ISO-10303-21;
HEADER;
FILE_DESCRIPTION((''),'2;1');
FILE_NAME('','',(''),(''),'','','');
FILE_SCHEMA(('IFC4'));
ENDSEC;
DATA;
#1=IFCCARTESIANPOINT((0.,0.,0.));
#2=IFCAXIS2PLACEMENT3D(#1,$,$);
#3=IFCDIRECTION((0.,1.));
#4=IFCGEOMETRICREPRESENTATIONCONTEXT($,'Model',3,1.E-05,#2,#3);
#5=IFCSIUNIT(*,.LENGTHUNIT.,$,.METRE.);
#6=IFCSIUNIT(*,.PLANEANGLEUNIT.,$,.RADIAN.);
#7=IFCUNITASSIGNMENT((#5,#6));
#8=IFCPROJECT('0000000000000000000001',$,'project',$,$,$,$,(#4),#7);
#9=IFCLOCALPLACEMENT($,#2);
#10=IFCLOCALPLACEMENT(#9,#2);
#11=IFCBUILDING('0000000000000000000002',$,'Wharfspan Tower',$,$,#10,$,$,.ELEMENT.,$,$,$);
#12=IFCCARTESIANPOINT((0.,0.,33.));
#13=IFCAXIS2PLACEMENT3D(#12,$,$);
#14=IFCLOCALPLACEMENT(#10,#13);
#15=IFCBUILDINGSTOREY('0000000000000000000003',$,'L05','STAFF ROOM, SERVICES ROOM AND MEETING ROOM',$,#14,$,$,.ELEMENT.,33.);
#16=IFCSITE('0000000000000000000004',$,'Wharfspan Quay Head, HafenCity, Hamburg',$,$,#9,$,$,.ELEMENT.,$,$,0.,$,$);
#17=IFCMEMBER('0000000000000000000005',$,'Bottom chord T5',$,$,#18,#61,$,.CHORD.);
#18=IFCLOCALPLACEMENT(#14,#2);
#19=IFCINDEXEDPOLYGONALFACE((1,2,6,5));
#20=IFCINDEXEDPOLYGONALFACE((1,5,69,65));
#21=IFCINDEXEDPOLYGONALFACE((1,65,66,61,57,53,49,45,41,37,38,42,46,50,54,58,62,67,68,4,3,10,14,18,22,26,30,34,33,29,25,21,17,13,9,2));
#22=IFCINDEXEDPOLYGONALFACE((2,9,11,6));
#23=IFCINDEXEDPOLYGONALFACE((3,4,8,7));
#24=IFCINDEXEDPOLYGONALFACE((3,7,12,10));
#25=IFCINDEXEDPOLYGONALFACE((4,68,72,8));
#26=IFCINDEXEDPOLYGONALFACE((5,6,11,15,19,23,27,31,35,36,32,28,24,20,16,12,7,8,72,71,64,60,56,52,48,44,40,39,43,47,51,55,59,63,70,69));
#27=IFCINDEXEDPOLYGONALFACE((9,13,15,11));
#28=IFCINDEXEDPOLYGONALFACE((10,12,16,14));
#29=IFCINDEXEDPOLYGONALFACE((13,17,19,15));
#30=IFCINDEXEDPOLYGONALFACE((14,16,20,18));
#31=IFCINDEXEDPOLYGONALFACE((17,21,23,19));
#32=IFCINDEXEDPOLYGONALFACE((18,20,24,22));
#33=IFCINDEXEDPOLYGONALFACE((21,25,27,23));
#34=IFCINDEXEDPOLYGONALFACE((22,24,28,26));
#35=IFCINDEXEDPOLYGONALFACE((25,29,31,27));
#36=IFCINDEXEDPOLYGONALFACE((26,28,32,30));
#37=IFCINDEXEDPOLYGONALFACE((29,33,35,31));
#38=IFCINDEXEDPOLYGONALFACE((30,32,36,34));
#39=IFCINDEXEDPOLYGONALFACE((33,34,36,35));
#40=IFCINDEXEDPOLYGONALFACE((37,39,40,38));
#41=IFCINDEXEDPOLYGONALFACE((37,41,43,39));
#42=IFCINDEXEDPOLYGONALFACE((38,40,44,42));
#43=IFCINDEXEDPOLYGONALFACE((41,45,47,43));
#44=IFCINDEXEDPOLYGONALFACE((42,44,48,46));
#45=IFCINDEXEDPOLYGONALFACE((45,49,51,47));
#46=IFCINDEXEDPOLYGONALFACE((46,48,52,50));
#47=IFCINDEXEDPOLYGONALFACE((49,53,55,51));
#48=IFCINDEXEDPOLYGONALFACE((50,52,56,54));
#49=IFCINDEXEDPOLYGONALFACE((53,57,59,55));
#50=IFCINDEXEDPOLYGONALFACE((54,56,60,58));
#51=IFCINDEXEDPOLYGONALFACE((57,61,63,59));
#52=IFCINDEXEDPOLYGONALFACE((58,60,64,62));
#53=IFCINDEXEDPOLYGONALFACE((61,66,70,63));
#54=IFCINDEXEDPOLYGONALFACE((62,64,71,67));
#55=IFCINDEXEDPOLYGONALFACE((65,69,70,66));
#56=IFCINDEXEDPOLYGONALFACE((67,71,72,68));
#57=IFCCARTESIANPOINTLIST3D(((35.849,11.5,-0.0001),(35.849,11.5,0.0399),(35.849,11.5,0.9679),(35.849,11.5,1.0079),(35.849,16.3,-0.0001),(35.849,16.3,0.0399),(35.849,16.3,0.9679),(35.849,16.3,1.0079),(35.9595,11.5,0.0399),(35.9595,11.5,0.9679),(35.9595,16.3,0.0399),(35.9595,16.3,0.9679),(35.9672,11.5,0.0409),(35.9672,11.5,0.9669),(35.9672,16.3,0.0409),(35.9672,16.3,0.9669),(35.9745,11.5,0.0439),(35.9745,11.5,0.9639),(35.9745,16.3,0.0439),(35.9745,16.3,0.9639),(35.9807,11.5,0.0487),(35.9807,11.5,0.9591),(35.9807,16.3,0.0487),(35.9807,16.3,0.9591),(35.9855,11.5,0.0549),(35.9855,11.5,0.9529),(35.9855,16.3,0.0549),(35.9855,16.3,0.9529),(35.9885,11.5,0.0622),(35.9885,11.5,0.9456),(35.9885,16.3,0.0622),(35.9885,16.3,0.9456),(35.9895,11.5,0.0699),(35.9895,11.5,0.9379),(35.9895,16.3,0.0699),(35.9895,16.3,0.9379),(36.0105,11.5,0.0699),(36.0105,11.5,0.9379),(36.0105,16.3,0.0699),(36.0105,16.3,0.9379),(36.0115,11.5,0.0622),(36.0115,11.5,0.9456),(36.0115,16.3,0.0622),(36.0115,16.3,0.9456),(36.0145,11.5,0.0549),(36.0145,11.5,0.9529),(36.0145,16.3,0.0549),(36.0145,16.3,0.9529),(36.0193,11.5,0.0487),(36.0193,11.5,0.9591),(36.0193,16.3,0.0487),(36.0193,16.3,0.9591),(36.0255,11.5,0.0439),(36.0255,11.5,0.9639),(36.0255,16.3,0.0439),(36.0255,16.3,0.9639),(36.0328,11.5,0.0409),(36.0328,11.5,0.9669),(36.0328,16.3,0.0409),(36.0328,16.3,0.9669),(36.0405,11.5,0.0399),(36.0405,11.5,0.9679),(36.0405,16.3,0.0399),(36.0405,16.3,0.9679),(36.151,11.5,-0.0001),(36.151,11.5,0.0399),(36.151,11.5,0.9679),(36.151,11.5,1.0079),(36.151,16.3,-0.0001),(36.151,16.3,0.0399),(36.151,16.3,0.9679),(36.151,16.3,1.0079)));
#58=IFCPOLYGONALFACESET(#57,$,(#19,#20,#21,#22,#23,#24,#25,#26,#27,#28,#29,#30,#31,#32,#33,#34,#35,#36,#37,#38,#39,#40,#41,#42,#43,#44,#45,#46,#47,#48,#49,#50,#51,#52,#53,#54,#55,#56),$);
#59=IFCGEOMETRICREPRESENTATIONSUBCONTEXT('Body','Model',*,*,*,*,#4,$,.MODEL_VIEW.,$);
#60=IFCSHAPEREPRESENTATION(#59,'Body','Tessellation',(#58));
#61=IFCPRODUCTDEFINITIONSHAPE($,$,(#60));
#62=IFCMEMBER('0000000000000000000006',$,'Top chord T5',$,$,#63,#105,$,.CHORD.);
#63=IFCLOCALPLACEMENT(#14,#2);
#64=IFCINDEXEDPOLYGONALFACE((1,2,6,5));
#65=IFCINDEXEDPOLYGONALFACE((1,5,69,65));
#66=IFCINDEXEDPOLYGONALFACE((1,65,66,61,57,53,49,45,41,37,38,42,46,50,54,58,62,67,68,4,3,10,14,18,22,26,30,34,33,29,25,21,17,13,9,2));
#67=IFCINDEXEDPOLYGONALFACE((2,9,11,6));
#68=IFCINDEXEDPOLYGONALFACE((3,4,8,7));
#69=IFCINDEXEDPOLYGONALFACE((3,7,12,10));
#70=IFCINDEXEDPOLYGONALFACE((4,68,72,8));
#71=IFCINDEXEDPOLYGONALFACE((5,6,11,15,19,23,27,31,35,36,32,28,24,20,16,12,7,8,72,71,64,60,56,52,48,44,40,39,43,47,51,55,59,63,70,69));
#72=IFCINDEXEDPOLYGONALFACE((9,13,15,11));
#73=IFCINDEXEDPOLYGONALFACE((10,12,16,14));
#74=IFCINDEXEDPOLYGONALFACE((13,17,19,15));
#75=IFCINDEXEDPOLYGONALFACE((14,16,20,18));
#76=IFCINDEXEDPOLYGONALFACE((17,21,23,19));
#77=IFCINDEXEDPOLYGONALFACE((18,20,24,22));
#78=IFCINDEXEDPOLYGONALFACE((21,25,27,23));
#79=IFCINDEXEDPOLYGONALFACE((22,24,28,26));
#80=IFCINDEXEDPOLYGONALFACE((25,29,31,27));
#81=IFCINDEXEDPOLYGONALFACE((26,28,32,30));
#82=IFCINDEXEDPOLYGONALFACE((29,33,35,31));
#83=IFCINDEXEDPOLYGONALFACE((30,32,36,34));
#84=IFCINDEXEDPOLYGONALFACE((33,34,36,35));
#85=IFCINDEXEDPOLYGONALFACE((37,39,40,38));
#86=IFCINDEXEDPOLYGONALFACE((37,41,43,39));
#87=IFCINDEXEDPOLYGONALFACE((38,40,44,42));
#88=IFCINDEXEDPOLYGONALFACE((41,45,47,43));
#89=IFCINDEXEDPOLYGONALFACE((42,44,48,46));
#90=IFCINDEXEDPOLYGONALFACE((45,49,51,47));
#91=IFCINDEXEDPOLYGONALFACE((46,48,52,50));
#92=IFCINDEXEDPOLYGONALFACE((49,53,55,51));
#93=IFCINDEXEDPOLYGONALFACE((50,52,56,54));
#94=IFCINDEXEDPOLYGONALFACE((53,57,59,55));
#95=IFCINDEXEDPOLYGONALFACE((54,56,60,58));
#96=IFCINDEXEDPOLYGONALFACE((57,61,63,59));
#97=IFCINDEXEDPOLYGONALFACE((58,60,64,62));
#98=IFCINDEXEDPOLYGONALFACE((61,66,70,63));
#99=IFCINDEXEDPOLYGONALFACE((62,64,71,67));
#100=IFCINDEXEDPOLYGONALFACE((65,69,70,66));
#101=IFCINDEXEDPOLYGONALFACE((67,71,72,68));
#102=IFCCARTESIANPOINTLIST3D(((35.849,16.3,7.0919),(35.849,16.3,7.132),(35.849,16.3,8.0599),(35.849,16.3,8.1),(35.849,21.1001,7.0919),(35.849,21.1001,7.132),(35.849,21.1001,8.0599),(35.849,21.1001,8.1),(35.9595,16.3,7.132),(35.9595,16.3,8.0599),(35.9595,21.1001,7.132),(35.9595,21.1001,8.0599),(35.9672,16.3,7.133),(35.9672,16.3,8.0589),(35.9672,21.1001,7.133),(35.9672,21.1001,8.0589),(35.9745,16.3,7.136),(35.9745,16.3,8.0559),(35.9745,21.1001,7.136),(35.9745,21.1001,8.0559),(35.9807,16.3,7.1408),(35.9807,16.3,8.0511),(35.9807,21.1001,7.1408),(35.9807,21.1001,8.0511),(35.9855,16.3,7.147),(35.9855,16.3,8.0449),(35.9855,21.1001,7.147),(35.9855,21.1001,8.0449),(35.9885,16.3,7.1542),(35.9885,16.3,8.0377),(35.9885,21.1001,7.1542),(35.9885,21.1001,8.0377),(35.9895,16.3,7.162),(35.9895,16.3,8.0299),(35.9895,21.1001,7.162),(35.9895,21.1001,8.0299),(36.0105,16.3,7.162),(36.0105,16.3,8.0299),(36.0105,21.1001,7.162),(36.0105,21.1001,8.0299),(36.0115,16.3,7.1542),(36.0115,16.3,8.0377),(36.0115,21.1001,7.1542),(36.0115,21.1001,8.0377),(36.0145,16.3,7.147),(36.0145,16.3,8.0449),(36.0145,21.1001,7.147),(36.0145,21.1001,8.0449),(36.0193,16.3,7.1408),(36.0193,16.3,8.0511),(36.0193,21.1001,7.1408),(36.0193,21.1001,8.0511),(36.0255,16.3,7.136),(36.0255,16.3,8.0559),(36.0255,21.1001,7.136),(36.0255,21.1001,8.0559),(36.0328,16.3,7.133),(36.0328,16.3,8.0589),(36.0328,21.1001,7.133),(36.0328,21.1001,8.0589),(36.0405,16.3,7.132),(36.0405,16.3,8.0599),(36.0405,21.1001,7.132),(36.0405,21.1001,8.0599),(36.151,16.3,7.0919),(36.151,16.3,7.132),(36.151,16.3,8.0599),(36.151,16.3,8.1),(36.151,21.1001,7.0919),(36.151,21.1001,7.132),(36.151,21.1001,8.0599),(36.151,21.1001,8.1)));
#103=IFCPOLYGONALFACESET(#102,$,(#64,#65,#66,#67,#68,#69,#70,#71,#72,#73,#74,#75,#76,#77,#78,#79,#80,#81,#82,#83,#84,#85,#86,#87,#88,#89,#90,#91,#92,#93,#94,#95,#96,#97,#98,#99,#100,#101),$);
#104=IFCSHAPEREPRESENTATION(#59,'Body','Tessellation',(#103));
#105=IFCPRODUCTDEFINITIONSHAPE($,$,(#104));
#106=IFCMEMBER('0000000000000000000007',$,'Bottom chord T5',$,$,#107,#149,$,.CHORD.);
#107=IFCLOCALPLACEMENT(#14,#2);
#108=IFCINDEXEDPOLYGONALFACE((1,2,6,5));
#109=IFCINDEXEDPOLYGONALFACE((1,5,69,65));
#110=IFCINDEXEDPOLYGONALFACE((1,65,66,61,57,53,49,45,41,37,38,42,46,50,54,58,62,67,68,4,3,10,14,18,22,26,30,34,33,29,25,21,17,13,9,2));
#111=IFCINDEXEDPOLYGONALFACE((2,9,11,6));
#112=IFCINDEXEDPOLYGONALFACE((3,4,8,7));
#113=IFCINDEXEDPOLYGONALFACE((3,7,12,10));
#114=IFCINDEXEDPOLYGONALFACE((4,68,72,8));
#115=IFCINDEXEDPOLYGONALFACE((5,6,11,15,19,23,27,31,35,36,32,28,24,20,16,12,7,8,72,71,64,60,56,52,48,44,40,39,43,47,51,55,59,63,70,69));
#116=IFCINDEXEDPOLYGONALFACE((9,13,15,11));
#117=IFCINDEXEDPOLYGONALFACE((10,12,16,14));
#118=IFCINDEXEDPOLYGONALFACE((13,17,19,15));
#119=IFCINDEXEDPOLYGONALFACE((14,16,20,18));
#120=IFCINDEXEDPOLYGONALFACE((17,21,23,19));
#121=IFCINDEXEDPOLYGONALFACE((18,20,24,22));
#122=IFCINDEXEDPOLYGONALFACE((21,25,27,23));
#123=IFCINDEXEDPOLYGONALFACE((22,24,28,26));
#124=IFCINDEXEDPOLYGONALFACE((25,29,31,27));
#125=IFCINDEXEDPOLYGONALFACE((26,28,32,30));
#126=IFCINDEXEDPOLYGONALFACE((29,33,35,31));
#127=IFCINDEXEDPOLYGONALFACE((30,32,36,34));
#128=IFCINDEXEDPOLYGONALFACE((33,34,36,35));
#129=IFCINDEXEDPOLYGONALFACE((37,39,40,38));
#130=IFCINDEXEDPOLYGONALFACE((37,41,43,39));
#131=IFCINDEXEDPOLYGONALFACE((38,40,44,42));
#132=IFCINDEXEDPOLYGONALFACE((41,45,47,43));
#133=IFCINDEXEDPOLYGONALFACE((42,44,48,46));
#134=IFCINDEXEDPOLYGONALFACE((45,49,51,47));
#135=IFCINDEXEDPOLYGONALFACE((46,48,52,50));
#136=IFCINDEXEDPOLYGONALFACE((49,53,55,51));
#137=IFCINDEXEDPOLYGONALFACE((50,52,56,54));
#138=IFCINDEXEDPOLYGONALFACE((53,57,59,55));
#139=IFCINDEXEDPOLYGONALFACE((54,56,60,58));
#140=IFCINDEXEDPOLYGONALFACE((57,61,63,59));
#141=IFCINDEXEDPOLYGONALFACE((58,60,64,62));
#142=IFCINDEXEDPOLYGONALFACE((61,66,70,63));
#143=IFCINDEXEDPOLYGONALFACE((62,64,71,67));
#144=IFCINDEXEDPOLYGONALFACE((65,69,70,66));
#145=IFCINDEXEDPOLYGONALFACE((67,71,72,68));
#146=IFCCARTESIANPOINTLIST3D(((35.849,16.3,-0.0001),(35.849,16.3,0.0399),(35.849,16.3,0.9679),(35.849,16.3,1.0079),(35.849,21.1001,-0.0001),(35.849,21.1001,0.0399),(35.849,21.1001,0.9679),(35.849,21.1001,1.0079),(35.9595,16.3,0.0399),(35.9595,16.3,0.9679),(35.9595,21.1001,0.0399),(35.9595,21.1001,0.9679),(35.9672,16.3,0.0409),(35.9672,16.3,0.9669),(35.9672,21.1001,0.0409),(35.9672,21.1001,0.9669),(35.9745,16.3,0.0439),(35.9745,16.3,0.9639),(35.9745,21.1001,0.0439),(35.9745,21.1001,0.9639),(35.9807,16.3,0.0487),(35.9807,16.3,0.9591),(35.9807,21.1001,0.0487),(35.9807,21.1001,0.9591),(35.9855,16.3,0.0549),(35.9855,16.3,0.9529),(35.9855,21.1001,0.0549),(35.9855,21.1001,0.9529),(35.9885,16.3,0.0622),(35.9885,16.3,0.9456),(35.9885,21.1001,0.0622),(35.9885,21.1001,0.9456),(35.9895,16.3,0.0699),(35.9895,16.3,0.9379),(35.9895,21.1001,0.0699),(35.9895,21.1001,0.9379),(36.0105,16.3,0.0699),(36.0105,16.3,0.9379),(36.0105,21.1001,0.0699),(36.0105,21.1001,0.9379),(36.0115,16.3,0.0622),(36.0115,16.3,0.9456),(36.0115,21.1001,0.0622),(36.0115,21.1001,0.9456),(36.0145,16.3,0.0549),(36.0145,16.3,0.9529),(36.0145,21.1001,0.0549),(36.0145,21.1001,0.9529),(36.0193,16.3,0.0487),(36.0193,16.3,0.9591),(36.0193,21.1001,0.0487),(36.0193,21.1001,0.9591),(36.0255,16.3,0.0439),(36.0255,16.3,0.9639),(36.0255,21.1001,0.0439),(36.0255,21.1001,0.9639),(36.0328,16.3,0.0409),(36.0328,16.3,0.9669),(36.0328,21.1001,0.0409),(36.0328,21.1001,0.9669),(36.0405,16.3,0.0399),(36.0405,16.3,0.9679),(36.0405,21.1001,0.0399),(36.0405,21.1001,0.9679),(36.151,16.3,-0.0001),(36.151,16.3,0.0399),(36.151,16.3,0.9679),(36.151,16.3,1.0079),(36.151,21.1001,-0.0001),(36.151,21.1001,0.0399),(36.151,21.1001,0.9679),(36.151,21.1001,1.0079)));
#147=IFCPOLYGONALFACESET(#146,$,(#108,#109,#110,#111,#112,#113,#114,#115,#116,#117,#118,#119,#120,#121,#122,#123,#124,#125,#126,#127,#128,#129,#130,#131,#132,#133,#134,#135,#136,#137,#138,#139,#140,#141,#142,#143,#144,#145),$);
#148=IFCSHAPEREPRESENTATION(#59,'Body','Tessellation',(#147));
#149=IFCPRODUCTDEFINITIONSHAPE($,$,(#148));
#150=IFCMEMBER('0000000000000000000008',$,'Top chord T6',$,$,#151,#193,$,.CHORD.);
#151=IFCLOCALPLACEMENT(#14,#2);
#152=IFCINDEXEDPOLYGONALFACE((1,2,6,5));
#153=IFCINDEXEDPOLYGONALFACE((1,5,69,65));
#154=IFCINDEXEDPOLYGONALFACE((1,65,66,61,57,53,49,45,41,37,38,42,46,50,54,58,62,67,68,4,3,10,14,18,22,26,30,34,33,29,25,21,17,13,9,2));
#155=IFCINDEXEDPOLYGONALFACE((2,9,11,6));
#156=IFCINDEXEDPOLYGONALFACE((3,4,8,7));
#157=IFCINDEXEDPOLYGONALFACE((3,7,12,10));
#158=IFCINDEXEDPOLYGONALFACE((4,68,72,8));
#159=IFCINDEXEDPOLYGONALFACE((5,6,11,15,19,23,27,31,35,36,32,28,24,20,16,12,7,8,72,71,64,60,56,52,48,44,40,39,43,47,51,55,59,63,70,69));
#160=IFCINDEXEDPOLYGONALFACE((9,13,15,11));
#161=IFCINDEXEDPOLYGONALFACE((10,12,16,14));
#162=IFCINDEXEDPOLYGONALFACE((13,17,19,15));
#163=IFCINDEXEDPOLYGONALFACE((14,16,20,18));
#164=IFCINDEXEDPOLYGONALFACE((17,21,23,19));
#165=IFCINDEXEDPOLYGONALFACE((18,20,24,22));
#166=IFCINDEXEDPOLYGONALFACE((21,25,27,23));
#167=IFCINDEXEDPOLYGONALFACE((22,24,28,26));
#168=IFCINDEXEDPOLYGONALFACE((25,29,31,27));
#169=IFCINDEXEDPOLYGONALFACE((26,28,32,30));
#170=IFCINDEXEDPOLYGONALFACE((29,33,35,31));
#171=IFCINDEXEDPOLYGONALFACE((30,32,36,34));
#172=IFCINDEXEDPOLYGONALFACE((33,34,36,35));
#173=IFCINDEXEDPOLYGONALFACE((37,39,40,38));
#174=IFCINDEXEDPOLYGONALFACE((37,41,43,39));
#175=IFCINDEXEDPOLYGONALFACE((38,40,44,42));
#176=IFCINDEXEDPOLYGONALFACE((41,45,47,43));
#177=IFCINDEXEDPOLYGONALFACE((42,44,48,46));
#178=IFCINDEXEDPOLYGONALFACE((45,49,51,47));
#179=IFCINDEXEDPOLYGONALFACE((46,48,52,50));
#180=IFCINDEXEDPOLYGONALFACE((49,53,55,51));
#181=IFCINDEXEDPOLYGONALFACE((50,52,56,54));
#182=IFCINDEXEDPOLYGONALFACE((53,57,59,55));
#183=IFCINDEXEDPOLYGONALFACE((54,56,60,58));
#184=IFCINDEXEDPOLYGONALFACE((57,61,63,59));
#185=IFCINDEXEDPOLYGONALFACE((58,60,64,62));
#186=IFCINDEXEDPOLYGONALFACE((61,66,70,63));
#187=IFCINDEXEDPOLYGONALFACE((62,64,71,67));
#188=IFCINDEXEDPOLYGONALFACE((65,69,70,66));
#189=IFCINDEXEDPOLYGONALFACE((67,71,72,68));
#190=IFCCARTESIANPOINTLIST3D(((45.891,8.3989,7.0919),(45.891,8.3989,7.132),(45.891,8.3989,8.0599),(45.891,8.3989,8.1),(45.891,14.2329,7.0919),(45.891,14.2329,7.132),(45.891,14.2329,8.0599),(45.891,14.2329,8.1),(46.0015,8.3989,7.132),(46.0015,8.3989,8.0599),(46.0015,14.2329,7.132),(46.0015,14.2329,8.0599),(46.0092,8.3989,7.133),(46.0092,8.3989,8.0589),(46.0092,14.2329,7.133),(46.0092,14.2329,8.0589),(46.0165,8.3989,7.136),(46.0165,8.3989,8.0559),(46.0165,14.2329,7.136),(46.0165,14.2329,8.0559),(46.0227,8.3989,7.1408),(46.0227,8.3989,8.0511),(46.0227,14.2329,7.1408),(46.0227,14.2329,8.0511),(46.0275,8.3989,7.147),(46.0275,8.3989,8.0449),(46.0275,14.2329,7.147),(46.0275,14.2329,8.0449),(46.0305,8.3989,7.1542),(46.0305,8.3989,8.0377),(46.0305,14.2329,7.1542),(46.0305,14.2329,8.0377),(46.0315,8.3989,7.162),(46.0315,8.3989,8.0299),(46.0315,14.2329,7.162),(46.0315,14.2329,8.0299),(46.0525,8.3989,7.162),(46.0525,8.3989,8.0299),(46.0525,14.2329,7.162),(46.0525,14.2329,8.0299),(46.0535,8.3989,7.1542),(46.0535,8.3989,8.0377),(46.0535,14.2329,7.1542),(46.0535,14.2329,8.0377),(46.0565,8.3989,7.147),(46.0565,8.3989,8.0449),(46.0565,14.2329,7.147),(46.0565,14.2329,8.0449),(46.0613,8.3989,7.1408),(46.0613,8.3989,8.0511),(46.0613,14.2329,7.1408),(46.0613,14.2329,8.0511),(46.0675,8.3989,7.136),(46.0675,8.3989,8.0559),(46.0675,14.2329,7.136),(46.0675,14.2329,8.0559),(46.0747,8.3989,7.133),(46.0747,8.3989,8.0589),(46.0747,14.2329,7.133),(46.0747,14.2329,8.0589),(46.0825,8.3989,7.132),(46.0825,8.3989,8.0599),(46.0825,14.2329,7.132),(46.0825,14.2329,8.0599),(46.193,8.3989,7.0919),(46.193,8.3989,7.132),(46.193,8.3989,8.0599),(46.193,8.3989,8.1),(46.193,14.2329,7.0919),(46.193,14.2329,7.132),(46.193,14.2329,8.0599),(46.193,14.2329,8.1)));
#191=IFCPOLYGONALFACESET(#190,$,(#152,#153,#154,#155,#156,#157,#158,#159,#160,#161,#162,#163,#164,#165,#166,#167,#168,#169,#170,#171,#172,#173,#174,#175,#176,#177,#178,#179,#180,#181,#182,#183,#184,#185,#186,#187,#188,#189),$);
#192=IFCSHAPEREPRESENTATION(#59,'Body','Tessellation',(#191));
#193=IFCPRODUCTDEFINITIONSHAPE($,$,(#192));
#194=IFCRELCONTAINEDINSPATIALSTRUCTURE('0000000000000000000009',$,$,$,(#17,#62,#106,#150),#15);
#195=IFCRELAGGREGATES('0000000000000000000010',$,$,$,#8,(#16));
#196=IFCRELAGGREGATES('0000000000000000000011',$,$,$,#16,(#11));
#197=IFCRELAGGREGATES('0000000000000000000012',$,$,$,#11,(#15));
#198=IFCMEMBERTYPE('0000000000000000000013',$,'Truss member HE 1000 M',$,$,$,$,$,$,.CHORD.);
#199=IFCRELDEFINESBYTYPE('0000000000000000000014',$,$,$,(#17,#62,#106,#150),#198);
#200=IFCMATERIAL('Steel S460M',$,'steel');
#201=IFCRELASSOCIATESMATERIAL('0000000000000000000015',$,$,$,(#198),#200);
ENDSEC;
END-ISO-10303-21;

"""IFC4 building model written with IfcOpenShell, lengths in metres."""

from ifc_helpers import new_model, si_unit, direction, frame, origin, origin_2d, place, context, subcontext, project, spatial, i_section, extrude, material, material_profile, profile_set, type_object, element, save


model = new_model("IFC4")

# Units and contexts
model_context = context("Model", 3, precision=1e-05, world=origin(), true_north=direction((0.0, 1.0)))
body_context = subcontext(model_context, "Body", "Model", "MODEL_VIEW")
ifc_project = project(units=[si_unit("LENGTHUNIT", "METRE"), si_unit("PLANEANGLEUNIT", "RADIAN")], contexts=[model_context])

# Site, building, storey
site_placement = place(None, origin())
site = spatial("IfcSite", under=ifc_project, at=site_placement, Name="Wharfspan Quay Head, HafenCity, Hamburg", CompositionType="ELEMENT", RefElevation=0.0)
building_placement = place(site_placement, origin())
building = spatial("IfcBuilding", under=site, at=building_placement, Name="Wharfspan Tower", CompositionType="ELEMENT")
storey_placement = place(building_placement, frame((0.0, 0.0, 33.0)))
storey = spatial("IfcBuildingStorey", under=building, at=storey_placement, Name="L05", Description="STAFF ROOM, SERVICES ROOM AND MEETING ROOM", CompositionType="ELEMENT", Elevation=33.0)

# Shared definitions
ifc_material_1 = material(Name="Steel S460M", Category="steel")

# Members
ifc_material_profile_1 = material_profile(ifc_material_1, i_section(OverallWidth=0.302, OverallDepth=1.0081, WebThickness=0.021, FlangeThickness=0.04, FilletRadius=0.03, at=origin_2d()))
ifc_profile_set_1 = profile_set([ifc_material_profile_1], Name="Steel S460M")
member_type_1 = type_object("IfcMemberType", Name="Truss member HE 1000 M", PredefinedType="CHORD", material=ifc_profile_set_1)
for number, where, z_axis, x_axis, name in (
    (1, (36.0, 11.5, 0.5039), (0.0, 1.0, 0.0), (-1.0, 0.0, 0.0), "Bottom chord T5"),
    (2, (36.0, 16.3, 7.5959), (0.0, 1.0, 0.0), (-1.0, 0.0, 0.0), "Top chord T5"),
    (3, (36.0, 16.3, 0.5039), (0.0, 1.0, 0.0), (-1.0, 0.0, 0.0), "Bottom chord T5"),
):
    element("IfcMember", number, at=place(storey_placement, frame(where, z_axis=z_axis, x_axis=x_axis)), inside=storey, type_object=member_type_1, Name=name, PredefinedType="CHORD", context=body_context, shape_type="SweptSolid", body=[
        extrude(i_section(OverallWidth=0.302, OverallDepth=1.0081, WebThickness=0.021, FlangeThickness=0.04, FilletRadius=0.03, at=origin_2d()), origin(), (0.0, 0.0, 1.0), 4.8),
    ])
for number, where, z_axis, x_axis, name in (
    (4, (46.042, 8.3989, 7.5959), (0.0, 1.0, 0.0), (-1.0, 0.0, 0.0), "Top chord T6"),
):
    element("IfcMember", number, at=place(storey_placement, frame(where, z_axis=z_axis, x_axis=x_axis)), inside=storey, type_object=member_type_1, Name=name, PredefinedType="CHORD", context=body_context, shape_type="SweptSolid", body=[
        extrude(i_section(OverallWidth=0.302, OverallDepth=1.0081, WebThickness=0.021, FlangeThickness=0.04, FilletRadius=0.03, at=origin_2d()), origin(), (0.0, 0.0, 1.0), 5.834),
    ])

save(model, "model.ifc")
